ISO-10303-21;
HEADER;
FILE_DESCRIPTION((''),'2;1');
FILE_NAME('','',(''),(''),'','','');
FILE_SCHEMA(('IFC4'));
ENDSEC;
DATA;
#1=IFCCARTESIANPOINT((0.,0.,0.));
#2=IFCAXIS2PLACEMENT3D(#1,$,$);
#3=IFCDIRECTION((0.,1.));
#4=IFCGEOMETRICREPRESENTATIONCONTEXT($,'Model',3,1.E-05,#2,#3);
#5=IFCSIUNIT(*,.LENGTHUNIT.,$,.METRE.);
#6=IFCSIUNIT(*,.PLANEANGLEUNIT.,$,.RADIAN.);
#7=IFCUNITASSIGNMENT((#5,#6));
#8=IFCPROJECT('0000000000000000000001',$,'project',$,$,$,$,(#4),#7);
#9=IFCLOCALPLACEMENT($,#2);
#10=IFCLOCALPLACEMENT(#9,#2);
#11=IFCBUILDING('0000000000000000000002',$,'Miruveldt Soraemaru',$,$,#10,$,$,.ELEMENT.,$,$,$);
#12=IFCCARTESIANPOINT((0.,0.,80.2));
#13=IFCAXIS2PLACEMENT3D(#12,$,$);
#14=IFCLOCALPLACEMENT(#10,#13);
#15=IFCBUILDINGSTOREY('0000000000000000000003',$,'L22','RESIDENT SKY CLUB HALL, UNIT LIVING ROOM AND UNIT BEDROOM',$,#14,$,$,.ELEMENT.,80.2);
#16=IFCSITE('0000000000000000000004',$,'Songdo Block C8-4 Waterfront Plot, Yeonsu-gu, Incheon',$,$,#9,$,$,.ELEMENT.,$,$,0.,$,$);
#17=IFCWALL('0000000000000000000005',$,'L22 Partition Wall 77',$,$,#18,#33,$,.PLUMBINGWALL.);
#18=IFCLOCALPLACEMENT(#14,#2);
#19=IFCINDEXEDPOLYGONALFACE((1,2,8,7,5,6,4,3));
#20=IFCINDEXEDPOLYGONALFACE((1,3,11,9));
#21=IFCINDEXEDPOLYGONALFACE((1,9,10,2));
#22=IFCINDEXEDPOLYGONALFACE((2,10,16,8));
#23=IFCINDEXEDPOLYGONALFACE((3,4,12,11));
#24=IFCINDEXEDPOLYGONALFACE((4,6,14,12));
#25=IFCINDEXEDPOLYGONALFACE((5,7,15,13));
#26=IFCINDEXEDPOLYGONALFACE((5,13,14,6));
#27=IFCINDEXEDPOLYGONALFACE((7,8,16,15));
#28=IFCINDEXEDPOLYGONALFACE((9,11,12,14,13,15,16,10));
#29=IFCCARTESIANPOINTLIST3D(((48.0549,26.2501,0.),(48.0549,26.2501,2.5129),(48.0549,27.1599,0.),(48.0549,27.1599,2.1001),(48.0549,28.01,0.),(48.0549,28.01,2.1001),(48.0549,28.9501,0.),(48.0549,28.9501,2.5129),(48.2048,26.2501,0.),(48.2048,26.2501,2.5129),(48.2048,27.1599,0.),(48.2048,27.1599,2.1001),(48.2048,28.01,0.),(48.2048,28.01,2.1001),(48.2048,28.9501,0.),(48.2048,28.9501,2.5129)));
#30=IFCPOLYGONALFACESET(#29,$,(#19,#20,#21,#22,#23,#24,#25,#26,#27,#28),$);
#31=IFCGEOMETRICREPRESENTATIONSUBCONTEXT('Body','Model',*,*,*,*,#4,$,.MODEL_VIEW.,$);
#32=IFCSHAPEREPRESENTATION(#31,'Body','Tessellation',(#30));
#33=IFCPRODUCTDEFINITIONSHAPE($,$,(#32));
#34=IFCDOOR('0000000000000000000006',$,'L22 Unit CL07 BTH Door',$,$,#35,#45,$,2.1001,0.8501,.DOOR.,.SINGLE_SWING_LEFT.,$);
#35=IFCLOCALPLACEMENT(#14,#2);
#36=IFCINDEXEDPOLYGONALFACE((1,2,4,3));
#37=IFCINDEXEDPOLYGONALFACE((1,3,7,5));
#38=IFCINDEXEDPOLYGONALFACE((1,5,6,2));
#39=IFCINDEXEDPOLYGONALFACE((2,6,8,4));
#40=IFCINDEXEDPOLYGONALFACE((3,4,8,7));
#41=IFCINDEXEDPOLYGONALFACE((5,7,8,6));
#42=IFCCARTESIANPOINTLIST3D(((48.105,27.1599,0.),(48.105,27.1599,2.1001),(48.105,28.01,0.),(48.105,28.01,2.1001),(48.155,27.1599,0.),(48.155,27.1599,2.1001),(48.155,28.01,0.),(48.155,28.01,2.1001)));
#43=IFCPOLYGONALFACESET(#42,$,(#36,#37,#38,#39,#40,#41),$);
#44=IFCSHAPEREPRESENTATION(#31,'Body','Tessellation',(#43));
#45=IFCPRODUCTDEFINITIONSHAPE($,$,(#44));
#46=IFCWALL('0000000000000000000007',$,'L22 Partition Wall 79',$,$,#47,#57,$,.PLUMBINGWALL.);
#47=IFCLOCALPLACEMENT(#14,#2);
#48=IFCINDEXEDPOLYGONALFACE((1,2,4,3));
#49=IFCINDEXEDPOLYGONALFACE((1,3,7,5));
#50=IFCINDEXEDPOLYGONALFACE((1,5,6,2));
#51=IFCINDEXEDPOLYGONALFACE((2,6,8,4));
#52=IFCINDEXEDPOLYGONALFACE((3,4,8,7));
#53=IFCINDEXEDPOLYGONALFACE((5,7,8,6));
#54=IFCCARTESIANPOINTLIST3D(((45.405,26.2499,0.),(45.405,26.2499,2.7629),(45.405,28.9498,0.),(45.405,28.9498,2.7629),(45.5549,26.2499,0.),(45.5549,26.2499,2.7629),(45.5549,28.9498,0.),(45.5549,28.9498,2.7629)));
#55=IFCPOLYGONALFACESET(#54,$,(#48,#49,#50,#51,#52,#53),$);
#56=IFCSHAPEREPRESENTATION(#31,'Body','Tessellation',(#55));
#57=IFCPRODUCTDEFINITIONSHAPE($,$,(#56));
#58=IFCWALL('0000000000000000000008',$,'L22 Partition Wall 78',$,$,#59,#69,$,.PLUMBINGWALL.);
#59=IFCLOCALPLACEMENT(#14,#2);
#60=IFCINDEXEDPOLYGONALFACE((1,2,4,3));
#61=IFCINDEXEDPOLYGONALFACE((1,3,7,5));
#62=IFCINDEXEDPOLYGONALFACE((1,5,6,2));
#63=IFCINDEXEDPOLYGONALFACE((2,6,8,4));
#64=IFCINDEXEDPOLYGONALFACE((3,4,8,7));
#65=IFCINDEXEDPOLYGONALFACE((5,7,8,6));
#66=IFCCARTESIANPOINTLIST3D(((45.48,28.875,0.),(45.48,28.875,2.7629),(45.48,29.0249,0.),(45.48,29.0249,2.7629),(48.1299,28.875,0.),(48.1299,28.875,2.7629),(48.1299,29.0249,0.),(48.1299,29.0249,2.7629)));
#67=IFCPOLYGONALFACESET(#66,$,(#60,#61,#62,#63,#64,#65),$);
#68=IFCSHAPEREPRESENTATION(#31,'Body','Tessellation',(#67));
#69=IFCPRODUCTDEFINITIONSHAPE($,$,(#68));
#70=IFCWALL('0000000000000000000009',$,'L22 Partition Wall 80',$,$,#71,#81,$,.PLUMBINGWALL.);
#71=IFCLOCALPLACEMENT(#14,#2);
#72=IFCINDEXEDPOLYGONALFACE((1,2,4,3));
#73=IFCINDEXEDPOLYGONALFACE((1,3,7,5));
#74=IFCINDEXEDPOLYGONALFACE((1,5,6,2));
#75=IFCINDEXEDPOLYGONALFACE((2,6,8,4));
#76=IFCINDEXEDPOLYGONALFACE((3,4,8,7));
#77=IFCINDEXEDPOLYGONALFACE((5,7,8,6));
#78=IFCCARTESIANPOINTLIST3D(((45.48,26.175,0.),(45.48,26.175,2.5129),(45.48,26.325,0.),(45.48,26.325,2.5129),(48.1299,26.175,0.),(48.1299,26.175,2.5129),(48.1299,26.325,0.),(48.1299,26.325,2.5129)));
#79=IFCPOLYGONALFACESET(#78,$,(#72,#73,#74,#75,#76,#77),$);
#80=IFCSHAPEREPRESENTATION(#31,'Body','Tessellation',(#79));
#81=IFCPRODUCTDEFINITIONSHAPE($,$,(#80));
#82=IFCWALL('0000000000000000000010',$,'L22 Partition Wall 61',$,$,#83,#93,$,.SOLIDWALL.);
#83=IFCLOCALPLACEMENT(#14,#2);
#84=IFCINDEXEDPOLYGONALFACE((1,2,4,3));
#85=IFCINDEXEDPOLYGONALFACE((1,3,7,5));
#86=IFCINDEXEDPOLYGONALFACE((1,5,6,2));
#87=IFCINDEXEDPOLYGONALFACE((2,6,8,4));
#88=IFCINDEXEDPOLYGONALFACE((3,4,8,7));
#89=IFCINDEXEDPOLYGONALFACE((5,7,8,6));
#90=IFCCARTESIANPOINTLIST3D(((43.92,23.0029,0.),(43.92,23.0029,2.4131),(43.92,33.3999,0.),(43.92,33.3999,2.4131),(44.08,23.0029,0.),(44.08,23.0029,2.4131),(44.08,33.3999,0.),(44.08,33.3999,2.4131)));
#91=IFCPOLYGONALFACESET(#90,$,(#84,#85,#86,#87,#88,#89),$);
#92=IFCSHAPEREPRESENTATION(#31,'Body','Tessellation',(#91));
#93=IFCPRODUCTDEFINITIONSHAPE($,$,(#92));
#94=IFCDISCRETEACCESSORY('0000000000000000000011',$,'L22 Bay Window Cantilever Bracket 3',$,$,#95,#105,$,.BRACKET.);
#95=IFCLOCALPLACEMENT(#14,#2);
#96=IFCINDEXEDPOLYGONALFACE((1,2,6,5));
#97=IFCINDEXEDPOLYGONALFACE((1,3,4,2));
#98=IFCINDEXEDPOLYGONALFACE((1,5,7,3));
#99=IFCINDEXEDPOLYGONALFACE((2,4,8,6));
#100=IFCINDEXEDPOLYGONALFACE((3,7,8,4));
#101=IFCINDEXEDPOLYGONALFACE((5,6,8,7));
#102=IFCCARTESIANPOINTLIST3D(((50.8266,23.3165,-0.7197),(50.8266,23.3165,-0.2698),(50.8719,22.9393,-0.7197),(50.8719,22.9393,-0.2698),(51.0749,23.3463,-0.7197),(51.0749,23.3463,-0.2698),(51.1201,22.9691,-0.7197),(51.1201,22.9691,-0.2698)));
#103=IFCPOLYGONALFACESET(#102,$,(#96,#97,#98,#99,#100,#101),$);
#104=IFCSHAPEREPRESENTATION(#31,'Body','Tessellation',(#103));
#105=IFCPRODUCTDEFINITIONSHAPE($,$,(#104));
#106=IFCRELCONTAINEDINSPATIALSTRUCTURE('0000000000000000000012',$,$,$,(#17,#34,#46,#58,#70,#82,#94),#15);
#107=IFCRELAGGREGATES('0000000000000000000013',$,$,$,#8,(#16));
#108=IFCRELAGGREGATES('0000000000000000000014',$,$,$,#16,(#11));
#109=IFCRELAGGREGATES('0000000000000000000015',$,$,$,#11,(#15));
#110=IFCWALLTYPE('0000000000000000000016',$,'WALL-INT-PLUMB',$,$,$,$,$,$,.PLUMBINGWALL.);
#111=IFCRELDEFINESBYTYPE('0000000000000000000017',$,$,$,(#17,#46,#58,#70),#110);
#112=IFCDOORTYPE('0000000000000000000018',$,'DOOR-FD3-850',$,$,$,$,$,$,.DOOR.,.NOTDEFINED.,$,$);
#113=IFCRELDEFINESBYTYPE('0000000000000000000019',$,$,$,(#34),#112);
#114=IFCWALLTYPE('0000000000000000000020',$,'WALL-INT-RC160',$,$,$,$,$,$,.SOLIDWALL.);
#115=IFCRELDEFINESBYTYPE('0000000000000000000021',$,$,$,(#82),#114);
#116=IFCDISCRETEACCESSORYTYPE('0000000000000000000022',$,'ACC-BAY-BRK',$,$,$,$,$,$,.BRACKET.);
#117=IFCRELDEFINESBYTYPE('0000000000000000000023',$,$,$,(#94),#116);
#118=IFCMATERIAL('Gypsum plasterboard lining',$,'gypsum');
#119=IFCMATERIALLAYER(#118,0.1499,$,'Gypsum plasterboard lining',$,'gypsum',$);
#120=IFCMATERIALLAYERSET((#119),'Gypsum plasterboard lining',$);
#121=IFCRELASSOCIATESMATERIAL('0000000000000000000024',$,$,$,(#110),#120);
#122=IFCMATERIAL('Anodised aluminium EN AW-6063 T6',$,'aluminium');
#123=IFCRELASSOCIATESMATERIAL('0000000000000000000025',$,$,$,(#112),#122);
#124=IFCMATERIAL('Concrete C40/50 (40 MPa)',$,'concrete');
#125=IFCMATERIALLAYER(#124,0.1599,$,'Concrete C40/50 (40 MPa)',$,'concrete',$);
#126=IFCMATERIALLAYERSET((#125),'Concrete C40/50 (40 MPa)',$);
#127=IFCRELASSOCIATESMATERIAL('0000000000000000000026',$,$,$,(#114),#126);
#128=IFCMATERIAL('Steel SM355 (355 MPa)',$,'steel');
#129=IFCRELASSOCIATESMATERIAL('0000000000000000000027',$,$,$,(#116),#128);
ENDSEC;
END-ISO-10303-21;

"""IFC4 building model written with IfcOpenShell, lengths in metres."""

from ifc_helpers import new_model, si_unit, direction, frame, frame_2d, origin, origin_2d, place, context, subcontext, project, spatial, rectangle, extrude, material, layer, layer_set, type_object, element, fill, save


model = new_model("IFC4")

# Units and contexts
model_context = context("Model", 3, precision=1e-05, world=origin(), true_north=direction((0.0, 1.0)))
body_context = subcontext(model_context, "Body", "Model", "MODEL_VIEW")
ifc_project = project(units=[si_unit("LENGTHUNIT", "METRE"), si_unit("PLANEANGLEUNIT", "RADIAN")], contexts=[model_context])

# Site, building, storey
site_placement = place(None, origin())
site = spatial("IfcSite", under=ifc_project, at=site_placement, Name="Songdo Block C8-4 Waterfront Plot, Yeonsu-gu, Incheon", CompositionType="ELEMENT", RefElevation=0.0)
building_placement = place(site_placement, origin())
building = spatial("IfcBuilding", under=site, at=building_placement, Name="Miruveldt Soraemaru", CompositionType="ELEMENT")
storey_placement = place(building_placement, frame((0.0, 0.0, 80.2)))
storey = spatial("IfcBuildingStorey", under=building, at=storey_placement, Name="L22", Description="RESIDENT SKY CLUB HALL, UNIT LIVING ROOM AND UNIT BEDROOM", CompositionType="ELEMENT", Elevation=80.2)

# Shared definitions
ifc_material_1 = material(Name="Steel SM355 (355 MPa)", Category="steel")

# Wall, opening, door
ifc_material_2 = material(Name="Gypsum plasterboard lining", Category="gypsum")
ifc_layer_1 = layer(ifc_material_2, 0.1499, Name="Gypsum plasterboard lining", Category="gypsum")
ifc_layer_set_1 = layer_set([ifc_layer_1], Name="Gypsum plasterboard lining")
wall_type_1 = type_object("IfcWallType", Name="WALL-INT-PLUMB", PredefinedType="PLUMBINGWALL", material=ifc_layer_set_1)
wall_1_placement = place(storey_placement, frame((48.1299, 26.25, 0.0), z_axis=(0.0, 0.0, 1.0), x_axis=(0.0, 1.0, 0.0)))
wall_1 = element("IfcWall", 1, at=wall_1_placement, inside=storey, type_object=wall_type_1, Name="L22 Partition Wall 77", PredefinedType="PLUMBINGWALL", context=body_context, shape_type="SweptSolid", body=[
    extrude(rectangle(XDim=2.7, YDim=0.1499, at=frame_2d((1.3501, 0.0))), origin(), (0.0, 0.0, 1.0), 2.5129),
])
opening_1_placement = place(wall_1_placement, frame((0.9099, 0.0, 0.0)))
opening_1 = element("IfcOpeningElement", 2, at=opening_1_placement, cuts=wall_1, PredefinedType="OPENING", context=body_context, shape_type="SweptSolid", body=[
    extrude(rectangle(XDim=0.8501, YDim=2.1001, at=frame_2d((0.425, 1.05))), frame((0.0, 0.085, 0.0), z_axis=(0.0, -1.0, 0.0), x_axis=(1.0, 0.0, 0.0)), (0.0, 0.0, 1.0), 0.1699),
])
ifc_material_3 = material(Name="Anodised aluminium EN AW-6063 T6", Category="aluminium")
door_type = type_object("IfcDoorType", Name="DOOR-FD3-850", OperationType="NOTDEFINED", PredefinedType="DOOR", material=ifc_material_3)
door_placement = place(opening_1_placement, origin())
door = element("IfcDoor", 3, at=door_placement, inside=storey, type_object=door_type, Name="L22 Unit CL07 BTH Door", OperationType="SINGLE_SWING_LEFT", OverallHeight=2.1001, OverallWidth=0.8501, PredefinedType="DOOR", context=body_context, shape_type="SweptSolid", body=[
    extrude(rectangle(XDim=0.8501, YDim=2.1001, at=frame_2d((0.425, 1.05))), frame((0.0, 0.0249, 0.0), z_axis=(0.0, -1.0, 0.0), x_axis=(1.0, 0.0, 0.0)), (0.0, 0.0, 1.0), 0.05),
])
fill(opening_1, door)

# Walls
wall_2_placement = place(storey_placement, frame((45.48, 28.95, 0.0), z_axis=(0.0, 0.0, 1.0), x_axis=(0.0, -1.0, 0.0)))
element("IfcWall", 4, at=wall_2_placement, inside=storey, type_object=wall_type_1, Name="L22 Partition Wall 79", PredefinedType="PLUMBINGWALL", context=body_context, shape_type="SweptSolid", body=[
    extrude(rectangle(XDim=2.7, YDim=0.1499, at=frame_2d((1.3501, 0.0))), origin(), (0.0, 0.0, 1.0), 2.7629),
])
wall_3_placement = place(storey_placement, frame((48.1299, 28.95, 0.0), z_axis=(0.0, 0.0, 1.0), x_axis=(-1.0, 0.0, 0.0)))
element("IfcWall", 5, at=wall_3_placement, inside=storey, type_object=wall_type_1, Name="L22 Partition Wall 78", PredefinedType="PLUMBINGWALL", context=body_context, shape_type="SweptSolid", body=[
    extrude(rectangle(XDim=2.6499, YDim=0.1499, at=frame_2d((1.325, 0.0))), origin(), (0.0, 0.0, 1.0), 2.7629),
])
wall_4_placement = place(storey_placement, frame((45.48, 26.25, 0.0), z_axis=(0.0, 0.0, 1.0), x_axis=(1.0, 0.0, 0.0)))
element("IfcWall", 6, at=wall_4_placement, inside=storey, type_object=wall_type_1, Name="L22 Partition Wall 80", PredefinedType="PLUMBINGWALL", context=body_context, shape_type="SweptSolid", body=[
    extrude(rectangle(XDim=2.6499, YDim=0.1499, at=frame_2d((1.325, 0.0))), origin(), (0.0, 0.0, 1.0), 2.5129),
])
ifc_material_4 = material(Name="Concrete C40/50 (40 MPa)", Category="concrete")
ifc_layer_2 = layer(ifc_material_4, 0.1599, Name="Concrete C40/50 (40 MPa)", Category="concrete")
ifc_layer_set_2 = layer_set([ifc_layer_2], Name="Concrete C40/50 (40 MPa)")
wall_type_2 = type_object("IfcWallType", Name="WALL-INT-RC160", PredefinedType="SOLIDWALL", material=ifc_layer_set_2)
wall_5_placement = place(storey_placement, frame((44.0, 23.0029, 0.0), z_axis=(0.0, 0.0, 1.0), x_axis=(0.0, 1.0, 0.0)))
element("IfcWall", 7, at=wall_5_placement, inside=storey, type_object=wall_type_2, Name="L22 Partition Wall 61", PredefinedType="SOLIDWALL", context=body_context, shape_type="SweptSolid", body=[
    extrude(rectangle(XDim=10.397, YDim=0.1599, at=frame_2d((5.1985, 0.0))), origin(), (0.0, 0.0, 1.0), 2.4131),
])

# Discrete accessory
discrete_accessory_type = type_object("IfcDiscreteAccessoryType", Name="ACC-BAY-BRK", PredefinedType="BRACKET", material=ifc_material_1)
discrete_accessory_placement = place(storey_placement, frame((50.9734, 23.1428, -0.7197), z_axis=(0.0, 0.0, 1.0), x_axis=(0.119149, -0.992876, 0.0)))
element("IfcDiscreteAccessory", 8, at=discrete_accessory_placement, inside=storey, type_object=discrete_accessory_type, Name="L22 Bay Window Cantilever Bracket 3", PredefinedType="BRACKET", context=body_context, shape_type="SweptSolid", body=[
    extrude(rectangle(XDim=0.3799, YDim=0.25, at=origin_2d()), origin(), (0.0, 0.0, 1.0), 0.45),
])

save(model, "model.ifc")
